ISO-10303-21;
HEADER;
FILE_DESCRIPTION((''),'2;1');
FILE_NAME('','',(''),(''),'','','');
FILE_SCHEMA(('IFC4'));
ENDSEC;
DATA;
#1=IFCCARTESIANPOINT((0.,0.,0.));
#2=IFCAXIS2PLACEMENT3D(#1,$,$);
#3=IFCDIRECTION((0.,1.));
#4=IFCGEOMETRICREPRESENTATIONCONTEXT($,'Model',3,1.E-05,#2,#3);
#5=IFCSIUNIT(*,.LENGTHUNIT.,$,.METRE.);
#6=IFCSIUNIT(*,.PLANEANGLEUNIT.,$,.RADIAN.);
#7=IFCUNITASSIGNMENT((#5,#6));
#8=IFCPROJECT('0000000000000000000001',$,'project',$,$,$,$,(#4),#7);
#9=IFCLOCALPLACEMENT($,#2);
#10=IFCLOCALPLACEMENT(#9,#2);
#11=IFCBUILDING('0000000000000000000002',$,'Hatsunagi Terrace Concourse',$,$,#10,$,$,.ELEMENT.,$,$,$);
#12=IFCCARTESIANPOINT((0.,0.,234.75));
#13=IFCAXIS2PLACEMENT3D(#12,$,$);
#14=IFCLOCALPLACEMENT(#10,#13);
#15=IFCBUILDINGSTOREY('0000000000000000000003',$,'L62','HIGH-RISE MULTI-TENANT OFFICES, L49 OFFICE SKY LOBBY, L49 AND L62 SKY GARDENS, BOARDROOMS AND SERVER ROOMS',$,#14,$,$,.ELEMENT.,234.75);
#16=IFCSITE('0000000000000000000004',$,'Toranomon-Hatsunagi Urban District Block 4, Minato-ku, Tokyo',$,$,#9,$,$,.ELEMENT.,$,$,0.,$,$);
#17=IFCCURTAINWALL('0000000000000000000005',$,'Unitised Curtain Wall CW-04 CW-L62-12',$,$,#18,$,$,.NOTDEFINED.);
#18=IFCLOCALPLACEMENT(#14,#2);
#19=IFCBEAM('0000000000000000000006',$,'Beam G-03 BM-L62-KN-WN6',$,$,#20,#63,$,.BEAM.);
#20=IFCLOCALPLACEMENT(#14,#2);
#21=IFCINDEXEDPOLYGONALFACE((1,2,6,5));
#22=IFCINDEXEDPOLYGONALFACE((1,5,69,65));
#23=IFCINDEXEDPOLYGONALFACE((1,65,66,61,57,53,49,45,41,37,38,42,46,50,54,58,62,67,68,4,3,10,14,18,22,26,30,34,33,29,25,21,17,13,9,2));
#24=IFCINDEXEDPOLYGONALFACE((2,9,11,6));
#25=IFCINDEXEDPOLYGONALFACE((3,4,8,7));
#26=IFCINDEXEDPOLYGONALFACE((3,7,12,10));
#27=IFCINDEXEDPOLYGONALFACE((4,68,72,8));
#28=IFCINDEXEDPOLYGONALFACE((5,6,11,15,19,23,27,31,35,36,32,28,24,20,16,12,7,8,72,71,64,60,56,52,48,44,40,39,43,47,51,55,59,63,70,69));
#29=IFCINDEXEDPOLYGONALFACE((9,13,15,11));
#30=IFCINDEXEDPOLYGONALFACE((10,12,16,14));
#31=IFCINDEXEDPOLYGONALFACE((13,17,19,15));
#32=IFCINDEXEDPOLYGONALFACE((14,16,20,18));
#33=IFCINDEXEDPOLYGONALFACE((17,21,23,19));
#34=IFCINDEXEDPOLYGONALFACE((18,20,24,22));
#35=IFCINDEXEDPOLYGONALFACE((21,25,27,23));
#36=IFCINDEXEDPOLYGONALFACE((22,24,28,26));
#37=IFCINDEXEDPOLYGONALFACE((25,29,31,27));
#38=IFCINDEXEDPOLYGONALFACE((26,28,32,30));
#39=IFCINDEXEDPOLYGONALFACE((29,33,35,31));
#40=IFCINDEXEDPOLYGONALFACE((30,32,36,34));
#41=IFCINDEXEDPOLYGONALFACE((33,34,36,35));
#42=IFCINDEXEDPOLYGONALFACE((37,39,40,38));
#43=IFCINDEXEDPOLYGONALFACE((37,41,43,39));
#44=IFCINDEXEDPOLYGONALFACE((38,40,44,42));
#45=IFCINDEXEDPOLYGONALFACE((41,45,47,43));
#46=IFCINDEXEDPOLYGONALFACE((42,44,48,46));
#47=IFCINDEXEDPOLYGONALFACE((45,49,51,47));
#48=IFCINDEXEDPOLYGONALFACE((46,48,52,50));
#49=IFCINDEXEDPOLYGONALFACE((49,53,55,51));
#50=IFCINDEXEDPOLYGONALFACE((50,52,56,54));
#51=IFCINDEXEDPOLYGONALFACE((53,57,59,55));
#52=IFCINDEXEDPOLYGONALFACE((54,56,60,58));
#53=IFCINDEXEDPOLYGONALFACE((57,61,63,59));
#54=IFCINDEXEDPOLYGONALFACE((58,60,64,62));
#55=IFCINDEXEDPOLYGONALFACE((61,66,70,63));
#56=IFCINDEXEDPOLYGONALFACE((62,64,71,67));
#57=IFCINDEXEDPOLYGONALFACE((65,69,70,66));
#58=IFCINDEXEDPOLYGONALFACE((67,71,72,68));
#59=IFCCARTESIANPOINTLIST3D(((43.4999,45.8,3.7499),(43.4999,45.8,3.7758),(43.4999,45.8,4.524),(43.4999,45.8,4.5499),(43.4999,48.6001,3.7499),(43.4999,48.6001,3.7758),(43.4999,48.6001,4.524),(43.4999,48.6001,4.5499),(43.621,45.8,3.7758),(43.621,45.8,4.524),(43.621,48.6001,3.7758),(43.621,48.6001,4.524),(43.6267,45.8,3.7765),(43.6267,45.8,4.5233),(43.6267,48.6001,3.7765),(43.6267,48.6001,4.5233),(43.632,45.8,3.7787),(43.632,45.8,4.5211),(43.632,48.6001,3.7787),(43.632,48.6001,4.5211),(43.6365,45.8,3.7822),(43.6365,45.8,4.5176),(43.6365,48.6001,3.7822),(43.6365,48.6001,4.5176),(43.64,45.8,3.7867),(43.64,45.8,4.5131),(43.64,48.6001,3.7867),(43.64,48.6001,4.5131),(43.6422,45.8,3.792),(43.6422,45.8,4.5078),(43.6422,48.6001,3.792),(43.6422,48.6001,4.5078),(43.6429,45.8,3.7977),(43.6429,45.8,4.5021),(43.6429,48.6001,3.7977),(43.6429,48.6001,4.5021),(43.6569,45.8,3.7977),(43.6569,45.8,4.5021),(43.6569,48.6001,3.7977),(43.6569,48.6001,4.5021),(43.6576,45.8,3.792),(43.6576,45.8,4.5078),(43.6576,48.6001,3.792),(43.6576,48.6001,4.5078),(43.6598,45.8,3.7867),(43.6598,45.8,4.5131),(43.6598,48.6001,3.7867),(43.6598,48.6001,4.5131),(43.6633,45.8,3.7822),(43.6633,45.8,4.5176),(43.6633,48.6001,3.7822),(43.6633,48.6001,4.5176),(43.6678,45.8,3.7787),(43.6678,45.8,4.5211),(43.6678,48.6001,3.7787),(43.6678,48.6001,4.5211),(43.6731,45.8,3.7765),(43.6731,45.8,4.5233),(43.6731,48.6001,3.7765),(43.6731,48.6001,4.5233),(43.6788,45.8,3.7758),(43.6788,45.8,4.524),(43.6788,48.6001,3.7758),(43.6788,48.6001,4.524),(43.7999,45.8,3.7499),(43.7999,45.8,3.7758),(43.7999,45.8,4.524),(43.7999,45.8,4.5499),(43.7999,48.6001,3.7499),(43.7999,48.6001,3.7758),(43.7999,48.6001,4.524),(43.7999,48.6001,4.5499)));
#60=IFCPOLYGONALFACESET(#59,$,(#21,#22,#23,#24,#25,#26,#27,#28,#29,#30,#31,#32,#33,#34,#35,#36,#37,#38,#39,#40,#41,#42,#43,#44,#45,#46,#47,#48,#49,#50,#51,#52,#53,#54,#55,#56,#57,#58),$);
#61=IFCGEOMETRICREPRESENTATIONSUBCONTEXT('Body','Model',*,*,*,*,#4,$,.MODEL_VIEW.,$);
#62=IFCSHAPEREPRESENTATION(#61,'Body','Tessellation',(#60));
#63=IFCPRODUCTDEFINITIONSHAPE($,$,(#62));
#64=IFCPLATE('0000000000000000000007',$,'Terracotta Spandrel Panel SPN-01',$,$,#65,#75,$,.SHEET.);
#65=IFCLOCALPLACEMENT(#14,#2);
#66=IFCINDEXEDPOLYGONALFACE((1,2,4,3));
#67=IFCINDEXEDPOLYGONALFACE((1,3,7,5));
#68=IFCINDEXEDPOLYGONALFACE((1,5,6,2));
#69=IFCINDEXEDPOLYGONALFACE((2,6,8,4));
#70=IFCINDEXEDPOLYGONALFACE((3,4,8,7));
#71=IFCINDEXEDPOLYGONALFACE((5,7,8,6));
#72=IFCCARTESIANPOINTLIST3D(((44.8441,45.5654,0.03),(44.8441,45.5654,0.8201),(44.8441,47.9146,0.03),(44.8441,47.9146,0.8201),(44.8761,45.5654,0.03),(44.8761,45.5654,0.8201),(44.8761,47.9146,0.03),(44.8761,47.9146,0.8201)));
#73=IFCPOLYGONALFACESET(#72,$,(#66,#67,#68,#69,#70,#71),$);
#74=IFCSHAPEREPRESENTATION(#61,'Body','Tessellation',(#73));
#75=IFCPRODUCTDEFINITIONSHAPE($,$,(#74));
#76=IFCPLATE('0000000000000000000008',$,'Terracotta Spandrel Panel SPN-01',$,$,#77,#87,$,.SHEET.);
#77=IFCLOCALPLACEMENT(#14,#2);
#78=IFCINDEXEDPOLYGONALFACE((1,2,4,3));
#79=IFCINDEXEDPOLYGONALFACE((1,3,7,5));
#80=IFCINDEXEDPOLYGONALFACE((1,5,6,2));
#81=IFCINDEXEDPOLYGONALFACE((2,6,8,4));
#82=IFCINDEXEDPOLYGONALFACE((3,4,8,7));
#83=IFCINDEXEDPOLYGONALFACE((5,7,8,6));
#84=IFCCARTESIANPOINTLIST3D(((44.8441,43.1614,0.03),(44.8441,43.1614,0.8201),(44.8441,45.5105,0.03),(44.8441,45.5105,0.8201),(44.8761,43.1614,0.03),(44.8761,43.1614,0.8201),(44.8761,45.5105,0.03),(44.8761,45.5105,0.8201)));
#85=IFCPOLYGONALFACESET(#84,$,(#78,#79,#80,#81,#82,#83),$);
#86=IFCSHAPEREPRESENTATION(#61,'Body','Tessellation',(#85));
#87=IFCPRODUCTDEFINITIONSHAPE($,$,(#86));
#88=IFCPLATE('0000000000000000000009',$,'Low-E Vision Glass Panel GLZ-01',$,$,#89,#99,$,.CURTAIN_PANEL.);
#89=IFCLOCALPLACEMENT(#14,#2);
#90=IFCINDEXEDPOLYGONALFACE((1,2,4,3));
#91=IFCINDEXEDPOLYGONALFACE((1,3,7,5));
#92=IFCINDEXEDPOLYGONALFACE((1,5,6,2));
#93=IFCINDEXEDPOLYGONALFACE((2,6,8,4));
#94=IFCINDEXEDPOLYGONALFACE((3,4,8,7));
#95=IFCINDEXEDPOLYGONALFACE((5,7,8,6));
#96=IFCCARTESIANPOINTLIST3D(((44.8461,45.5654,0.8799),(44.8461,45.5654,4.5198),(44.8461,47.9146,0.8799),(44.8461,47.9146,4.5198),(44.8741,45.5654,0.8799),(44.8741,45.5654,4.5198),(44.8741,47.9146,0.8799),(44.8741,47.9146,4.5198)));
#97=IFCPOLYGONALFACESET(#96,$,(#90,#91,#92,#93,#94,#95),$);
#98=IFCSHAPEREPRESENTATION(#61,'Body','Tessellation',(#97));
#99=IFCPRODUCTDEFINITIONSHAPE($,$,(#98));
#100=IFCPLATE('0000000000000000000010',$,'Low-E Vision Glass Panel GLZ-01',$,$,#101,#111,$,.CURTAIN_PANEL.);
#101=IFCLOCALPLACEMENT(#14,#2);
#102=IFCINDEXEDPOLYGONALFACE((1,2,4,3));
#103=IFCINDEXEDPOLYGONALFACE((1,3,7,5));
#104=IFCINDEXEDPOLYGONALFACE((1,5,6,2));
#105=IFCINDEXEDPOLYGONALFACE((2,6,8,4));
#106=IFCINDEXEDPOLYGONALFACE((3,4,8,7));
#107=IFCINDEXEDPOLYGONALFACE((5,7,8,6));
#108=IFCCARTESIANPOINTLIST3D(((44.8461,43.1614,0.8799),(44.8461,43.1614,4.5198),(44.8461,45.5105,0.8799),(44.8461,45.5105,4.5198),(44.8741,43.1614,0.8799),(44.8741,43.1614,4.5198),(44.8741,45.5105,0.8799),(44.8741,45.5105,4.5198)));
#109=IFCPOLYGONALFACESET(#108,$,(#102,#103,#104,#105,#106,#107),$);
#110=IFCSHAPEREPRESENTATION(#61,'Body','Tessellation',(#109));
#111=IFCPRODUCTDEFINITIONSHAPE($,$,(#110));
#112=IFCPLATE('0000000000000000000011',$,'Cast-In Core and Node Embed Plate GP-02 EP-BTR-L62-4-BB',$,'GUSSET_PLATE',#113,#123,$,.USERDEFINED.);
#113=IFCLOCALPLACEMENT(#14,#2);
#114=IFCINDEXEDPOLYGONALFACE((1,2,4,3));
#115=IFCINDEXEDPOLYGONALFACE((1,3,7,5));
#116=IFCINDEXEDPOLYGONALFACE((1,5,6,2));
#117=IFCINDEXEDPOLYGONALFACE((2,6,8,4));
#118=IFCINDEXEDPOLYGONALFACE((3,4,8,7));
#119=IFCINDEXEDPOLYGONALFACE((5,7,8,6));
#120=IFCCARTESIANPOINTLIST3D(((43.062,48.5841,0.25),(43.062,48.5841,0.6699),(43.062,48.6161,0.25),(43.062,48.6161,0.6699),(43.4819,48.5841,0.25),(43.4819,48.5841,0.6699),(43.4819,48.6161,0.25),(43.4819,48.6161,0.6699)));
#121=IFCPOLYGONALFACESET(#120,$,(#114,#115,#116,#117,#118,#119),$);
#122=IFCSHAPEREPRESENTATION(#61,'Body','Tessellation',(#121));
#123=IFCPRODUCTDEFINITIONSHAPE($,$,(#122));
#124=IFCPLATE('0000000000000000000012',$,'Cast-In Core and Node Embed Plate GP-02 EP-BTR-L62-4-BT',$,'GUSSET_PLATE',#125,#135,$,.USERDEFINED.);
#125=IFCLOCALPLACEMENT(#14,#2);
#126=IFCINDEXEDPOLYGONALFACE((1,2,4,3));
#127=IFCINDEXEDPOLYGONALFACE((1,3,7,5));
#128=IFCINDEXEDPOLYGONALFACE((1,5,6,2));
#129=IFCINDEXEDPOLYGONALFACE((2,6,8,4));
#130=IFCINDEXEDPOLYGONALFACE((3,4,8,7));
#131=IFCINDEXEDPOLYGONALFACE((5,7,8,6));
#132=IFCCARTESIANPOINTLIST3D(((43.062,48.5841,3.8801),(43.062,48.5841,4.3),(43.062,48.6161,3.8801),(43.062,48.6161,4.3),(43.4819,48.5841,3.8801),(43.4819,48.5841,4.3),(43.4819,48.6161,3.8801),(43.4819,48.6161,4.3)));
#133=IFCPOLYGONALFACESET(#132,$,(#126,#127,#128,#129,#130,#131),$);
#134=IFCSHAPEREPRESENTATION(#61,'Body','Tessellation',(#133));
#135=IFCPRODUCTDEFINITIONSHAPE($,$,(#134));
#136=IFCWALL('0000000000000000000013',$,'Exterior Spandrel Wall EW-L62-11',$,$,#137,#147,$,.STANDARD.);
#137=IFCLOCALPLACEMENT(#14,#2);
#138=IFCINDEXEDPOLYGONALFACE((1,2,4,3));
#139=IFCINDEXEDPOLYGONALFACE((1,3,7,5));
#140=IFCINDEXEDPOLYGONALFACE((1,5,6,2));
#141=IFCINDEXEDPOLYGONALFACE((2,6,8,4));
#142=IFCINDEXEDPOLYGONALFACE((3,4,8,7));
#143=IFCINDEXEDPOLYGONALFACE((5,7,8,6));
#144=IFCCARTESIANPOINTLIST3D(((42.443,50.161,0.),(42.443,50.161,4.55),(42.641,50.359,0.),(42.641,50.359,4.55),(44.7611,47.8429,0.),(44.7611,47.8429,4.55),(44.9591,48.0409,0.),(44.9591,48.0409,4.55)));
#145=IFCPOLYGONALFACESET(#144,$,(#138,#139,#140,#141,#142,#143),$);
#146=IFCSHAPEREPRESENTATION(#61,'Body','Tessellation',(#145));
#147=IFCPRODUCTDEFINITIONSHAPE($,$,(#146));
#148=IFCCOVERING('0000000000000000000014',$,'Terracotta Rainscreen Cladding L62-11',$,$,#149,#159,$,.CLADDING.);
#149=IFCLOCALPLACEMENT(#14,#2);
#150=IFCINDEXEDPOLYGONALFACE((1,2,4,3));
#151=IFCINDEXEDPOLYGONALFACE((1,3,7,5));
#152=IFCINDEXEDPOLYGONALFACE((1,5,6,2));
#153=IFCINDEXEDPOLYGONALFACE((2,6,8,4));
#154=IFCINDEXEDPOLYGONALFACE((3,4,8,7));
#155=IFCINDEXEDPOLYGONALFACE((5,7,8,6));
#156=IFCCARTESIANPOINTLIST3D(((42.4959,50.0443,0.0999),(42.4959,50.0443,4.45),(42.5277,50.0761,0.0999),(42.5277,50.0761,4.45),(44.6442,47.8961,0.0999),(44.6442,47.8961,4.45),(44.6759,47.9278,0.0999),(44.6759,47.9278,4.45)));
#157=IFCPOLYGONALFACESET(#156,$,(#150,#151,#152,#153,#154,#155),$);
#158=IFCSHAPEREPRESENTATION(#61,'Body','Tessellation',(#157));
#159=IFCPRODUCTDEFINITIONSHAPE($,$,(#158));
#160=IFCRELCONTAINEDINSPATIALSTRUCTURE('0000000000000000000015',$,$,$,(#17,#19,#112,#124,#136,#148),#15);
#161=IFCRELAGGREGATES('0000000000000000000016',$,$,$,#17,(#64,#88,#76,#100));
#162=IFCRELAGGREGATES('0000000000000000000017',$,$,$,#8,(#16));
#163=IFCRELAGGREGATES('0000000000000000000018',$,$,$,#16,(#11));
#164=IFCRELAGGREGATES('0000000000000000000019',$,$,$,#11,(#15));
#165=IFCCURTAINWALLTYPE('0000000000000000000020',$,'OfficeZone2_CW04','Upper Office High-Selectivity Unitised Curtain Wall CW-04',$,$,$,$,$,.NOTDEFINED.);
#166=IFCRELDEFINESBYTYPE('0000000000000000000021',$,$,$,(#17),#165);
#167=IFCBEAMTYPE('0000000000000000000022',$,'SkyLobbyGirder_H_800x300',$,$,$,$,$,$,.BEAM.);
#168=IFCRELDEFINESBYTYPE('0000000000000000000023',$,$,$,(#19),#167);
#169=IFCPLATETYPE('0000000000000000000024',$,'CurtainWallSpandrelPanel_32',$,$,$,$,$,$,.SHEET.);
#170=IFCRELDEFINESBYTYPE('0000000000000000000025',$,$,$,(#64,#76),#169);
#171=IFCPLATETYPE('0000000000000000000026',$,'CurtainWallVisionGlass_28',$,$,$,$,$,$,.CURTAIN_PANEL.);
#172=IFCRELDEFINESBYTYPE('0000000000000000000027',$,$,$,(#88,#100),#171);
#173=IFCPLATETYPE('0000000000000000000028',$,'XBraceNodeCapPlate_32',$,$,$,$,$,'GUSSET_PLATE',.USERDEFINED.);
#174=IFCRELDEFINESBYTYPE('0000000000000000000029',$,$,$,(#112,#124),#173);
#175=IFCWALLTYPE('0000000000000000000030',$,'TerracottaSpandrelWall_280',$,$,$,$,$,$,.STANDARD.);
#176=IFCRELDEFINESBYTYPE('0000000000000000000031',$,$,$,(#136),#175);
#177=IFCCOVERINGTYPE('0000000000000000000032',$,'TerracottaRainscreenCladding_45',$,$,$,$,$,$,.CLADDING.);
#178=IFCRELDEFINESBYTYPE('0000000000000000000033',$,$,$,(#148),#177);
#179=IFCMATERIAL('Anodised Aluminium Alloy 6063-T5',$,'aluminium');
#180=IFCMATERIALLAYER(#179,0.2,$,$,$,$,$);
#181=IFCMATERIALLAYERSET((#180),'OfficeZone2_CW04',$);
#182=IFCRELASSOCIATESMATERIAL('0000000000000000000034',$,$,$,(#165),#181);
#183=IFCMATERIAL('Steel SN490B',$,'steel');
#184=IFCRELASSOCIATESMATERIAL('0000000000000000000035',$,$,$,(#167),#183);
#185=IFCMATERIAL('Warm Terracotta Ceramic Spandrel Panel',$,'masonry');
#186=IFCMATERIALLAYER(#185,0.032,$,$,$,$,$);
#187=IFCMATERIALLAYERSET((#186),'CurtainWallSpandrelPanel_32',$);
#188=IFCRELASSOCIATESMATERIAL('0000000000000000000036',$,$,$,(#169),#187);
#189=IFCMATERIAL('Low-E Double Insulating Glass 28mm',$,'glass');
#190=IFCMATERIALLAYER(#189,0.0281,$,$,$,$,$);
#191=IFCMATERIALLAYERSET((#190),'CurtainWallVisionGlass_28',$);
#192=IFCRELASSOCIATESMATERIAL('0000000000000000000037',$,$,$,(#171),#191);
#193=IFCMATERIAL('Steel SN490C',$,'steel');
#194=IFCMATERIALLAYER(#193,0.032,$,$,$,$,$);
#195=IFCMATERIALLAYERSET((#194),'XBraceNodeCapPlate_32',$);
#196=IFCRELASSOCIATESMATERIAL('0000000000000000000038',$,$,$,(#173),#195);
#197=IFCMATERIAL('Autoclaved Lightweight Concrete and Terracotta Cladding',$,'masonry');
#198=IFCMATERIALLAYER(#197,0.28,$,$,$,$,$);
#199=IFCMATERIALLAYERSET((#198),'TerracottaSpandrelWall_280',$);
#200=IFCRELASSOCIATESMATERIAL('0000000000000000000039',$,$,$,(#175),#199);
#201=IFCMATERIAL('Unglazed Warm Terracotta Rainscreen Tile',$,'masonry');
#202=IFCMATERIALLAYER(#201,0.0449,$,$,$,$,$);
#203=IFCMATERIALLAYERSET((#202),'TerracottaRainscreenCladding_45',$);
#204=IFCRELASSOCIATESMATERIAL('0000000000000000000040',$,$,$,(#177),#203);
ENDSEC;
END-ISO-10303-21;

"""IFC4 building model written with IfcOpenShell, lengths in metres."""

from ifc_helpers import new_model, si_unit, direction, frame, frame_2d, origin, origin_2d, place, context, subcontext, project, spatial, rectangle, i_section, extrude, material, layer, layer_set, material_profile, profile_set, type_object, element, aggregate, save


model = new_model("IFC4")

# Units and contexts
model_context = context("Model", 3, precision=1e-05, world=origin(), true_north=direction((0.0, 1.0)))
body_context = subcontext(model_context, "Body", "Model", "MODEL_VIEW")
ifc_project = project(units=[si_unit("LENGTHUNIT", "METRE"), si_unit("PLANEANGLEUNIT", "RADIAN")], contexts=[model_context])

# Site, building, storey
site_placement = place(None, origin())
site = spatial("IfcSite", under=ifc_project, at=site_placement, Name="Toranomon-Hatsunagi Urban District Block 4, Minato-ku, Tokyo", CompositionType="ELEMENT", RefElevation=0.0)
building_placement = place(site_placement, origin())
building = spatial("IfcBuilding", under=site, at=building_placement, Name="Hatsunagi Terrace Concourse", CompositionType="ELEMENT")
storey_placement = place(building_placement, frame((0.0, 0.0, 234.75)))
storey = spatial("IfcBuildingStorey", under=building, at=storey_placement, Name="L62", Description="HIGH-RISE MULTI-TENANT OFFICES, L49 OFFICE SKY LOBBY, L49 AND L62 SKY GARDENS, BOARDROOMS AND SERVER ROOMS", CompositionType="ELEMENT", Elevation=234.75)

# Curtain wall
ifc_material_1 = material(Name="Anodised Aluminium Alloy 6063-T5", Category="aluminium")
ifc_layer_1 = layer(ifc_material_1, 0.2)
ifc_layer_set_1 = layer_set([ifc_layer_1], Name="OfficeZone2_CW04")
curtain_wall_type = type_object("IfcCurtainWallType", Name="OfficeZone2_CW04", Description="Upper Office High-Selectivity Unitised Curtain Wall CW-04", PredefinedType="NOTDEFINED", material=ifc_layer_set_1)
curtain_wall_placement = place(storey_placement, origin())
curtain_wall = element("IfcCurtainWall", 1, at=curtain_wall_placement, inside=storey, type_object=curtain_wall_type, Name="Unitised Curtain Wall CW-04 CW-L62-12", PredefinedType="NOTDEFINED")

# Beam
ifc_material_2 = material(Name="Steel SN490B", Category="steel")
ifc_material_profile_1 = material_profile(ifc_material_2, i_section(OverallWidth=0.3, OverallDepth=0.8, WebThickness=0.0139, FlangeThickness=0.0259, FilletRadius=0.022, at=origin_2d()), Name="H-800x300x14x26")
ifc_profile_set_1 = profile_set([ifc_material_profile_1], Name="Steel SN490B")
beam_type = type_object("IfcBeamType", Name="SkyLobbyGirder_H_800x300", PredefinedType="BEAM", material=ifc_profile_set_1)
for number, where, z_axis, x_axis, name in (
    (2, (43.6499, 45.8, 4.1499), (0.0, 1.0, 0.0), (-1.0, 0.0, 0.0), "Beam G-03 BM-L62-KN-WN6"),
):
    element("IfcBeam", number, at=place(storey_placement, frame(where, z_axis=z_axis, x_axis=x_axis)), inside=storey, type_object=beam_type, Name=name, PredefinedType="BEAM", context=body_context, shape_type="SweptSolid", body=[
        extrude(i_section(OverallWidth=0.3, OverallDepth=0.8, WebThickness=0.0139, FlangeThickness=0.0259, FilletRadius=0.022, at=origin_2d()), origin(), (0.0, 0.0, 1.0), 2.8),
    ])

# Plates
ifc_material_3 = material(Name="Warm Terracotta Ceramic Spandrel Panel", Category="masonry")
ifc_layer_2 = layer(ifc_material_3, 0.032)
ifc_layer_set_2 = layer_set([ifc_layer_2], Name="CurtainWallSpandrelPanel_32")
plate_type_1 = type_object("IfcPlateType", Name="CurtainWallSpandrelPanel_32", PredefinedType="SHEET", material=ifc_layer_set_2)
plate_1_placement = place(storey_placement, frame((44.8601, 46.74, 0.03), z_axis=(0.0, 0.0, 1.0), x_axis=(0.0, -1.0, 0.0)))
plate_1 = element("IfcPlate", 3, at=plate_1_placement, type_object=plate_type_1, Name="Terracotta Spandrel Panel SPN-01", PredefinedType="SHEET", context=body_context, shape_type="SweptSolid", body=[
    extrude(rectangle(XDim=2.3491, YDim=0.032, at=origin_2d()), origin(), (0.0, 0.0, 1.0), 0.79),
])
plate_2_placement = place(storey_placement, frame((44.8601, 44.3359, 0.03), z_axis=(0.0, 0.0, 1.0), x_axis=(0.0, -1.0, 0.0)))
plate_2 = element("IfcPlate", 4, at=plate_2_placement, type_object=plate_type_1, Name="Terracotta Spandrel Panel SPN-01", PredefinedType="SHEET", context=body_context, shape_type="SweptSolid", body=[
    extrude(rectangle(XDim=2.3491, YDim=0.032, at=origin_2d()), origin(), (0.0, 0.0, 1.0), 0.79),
])
ifc_material_4 = material(Name="Low-E Double Insulating Glass 28mm", Category="glass")
ifc_layer_3 = layer(ifc_material_4, 0.0281)
ifc_layer_set_3 = layer_set([ifc_layer_3], Name="CurtainWallVisionGlass_28")
plate_type_2 = type_object("IfcPlateType", Name="CurtainWallVisionGlass_28", PredefinedType="CURTAIN_PANEL", material=ifc_layer_set_3)
plate_3_placement = place(storey_placement, frame((44.8601, 46.74, 0.8799), z_axis=(0.0, 0.0, 1.0), x_axis=(0.0, -1.0, 0.0)))
plate_3 = element("IfcPlate", 5, at=plate_3_placement, type_object=plate_type_2, Name="Low-E Vision Glass Panel GLZ-01", PredefinedType="CURTAIN_PANEL", context=body_context, shape_type="SweptSolid", body=[
    extrude(rectangle(XDim=2.3491, YDim=0.0281, at=origin_2d()), origin(), (0.0, 0.0, 1.0), 3.6399),
])
plate_4_placement = place(storey_placement, frame((44.8601, 44.3359, 0.8799), z_axis=(0.0, 0.0, 1.0), x_axis=(0.0, -1.0, 0.0)))
plate_4 = element("IfcPlate", 6, at=plate_4_placement, type_object=plate_type_2, Name="Low-E Vision Glass Panel GLZ-01", PredefinedType="CURTAIN_PANEL", context=body_context, shape_type="SweptSolid", body=[
    extrude(rectangle(XDim=2.3491, YDim=0.0281, at=origin_2d()), origin(), (0.0, 0.0, 1.0), 3.6399),
])
aggregate(curtain_wall, [plate_1, plate_3, plate_2, plate_4])

# Plates
ifc_material_5 = material(Name="Steel SN490C", Category="steel")
ifc_layer_4 = layer(ifc_material_5, 0.032)
ifc_layer_set_4 = layer_set([ifc_layer_4], Name="XBraceNodeCapPlate_32")
plate_type_3 = type_object("IfcPlateType", Name="XBraceNodeCapPlate_32", ElementType="GUSSET_PLATE", PredefinedType="USERDEFINED", material=ifc_layer_set_4)
for number, where, z_axis, x_axis, name in (
    (7, (43.272, 48.6001, 0.25), (0.0, 0.0, 1.0), (1.0, 0.0, 0.0), "Cast-In Core and Node Embed Plate GP-02 EP-BTR-L62-4-BB"),
    (8, (43.272, 48.6001, 3.8801), (0.0, 0.0, 1.0), (1.0, 0.0, 0.0), "Cast-In Core and Node Embed Plate GP-02 EP-BTR-L62-4-BT"),
):
    element("IfcPlate", number, at=place(storey_placement, frame(where, z_axis=z_axis, x_axis=x_axis)), inside=storey, type_object=plate_type_3, Name=name, ObjectType="GUSSET_PLATE", PredefinedType="USERDEFINED", context=body_context, shape_type="SweptSolid", body=[
        extrude(rectangle(XDim=0.4199, YDim=0.032, at=origin_2d()), origin(), (0.0, 0.0, 1.0), 0.4199),
    ])

# Wall
ifc_material_6 = material(Name="Autoclaved Lightweight Concrete and Terracotta Cladding", Category="masonry")
ifc_layer_5 = layer(ifc_material_6, 0.28)
ifc_layer_set_5 = layer_set([ifc_layer_5], Name="TerracottaSpandrelWall_280")
wall_type = type_object("IfcWallType", Name="TerracottaSpandrelWall_280", PredefinedType="STANDARD", material=ifc_layer_set_5)
wall_placement = place(storey_placement, frame((42.542, 50.26, 0.0), z_axis=(0.0, 0.0, 1.0), x_axis=(0.707107, -0.707107, 0.0)))
element("IfcWall", 9, at=wall_placement, inside=storey, type_object=wall_type, Name="Exterior Spandrel Wall EW-L62-11", PredefinedType="STANDARD", context=body_context, shape_type="SweptSolid", body=[
    extrude(rectangle(XDim=3.2783, YDim=0.28, at=frame_2d((1.6392, 0.0))), origin(), (0.0, 0.0, 1.0), 4.55),
])

# Covering
ifc_material_7 = material(Name="Unglazed Warm Terracotta Rainscreen Tile", Category="masonry")
ifc_layer_6 = layer(ifc_material_7, 0.0449)
ifc_layer_set_6 = layer_set([ifc_layer_6], Name="TerracottaRainscreenCladding_45")
covering_type = type_object("IfcCoveringType", Name="TerracottaRainscreenCladding_45", PredefinedType="CLADDING", material=ifc_layer_set_6)
covering_placement = place(storey_placement, frame((43.5859, 48.9861, 0.0999), z_axis=(0.0, 0.0, 1.0), x_axis=(0.707107, -0.707107, 0.0)))
element("IfcCovering", 10, at=covering_placement, inside=storey, type_object=covering_type, Name="Terracotta Rainscreen Cladding L62-11", PredefinedType="CLADDING", context=body_context, shape_type="SweptSolid", body=[
    extrude(rectangle(XDim=3.0381, YDim=0.0449, at=origin_2d()), origin(), (0.0, 0.0, 1.0), 4.3501),
])

save(model, "model.ifc")
